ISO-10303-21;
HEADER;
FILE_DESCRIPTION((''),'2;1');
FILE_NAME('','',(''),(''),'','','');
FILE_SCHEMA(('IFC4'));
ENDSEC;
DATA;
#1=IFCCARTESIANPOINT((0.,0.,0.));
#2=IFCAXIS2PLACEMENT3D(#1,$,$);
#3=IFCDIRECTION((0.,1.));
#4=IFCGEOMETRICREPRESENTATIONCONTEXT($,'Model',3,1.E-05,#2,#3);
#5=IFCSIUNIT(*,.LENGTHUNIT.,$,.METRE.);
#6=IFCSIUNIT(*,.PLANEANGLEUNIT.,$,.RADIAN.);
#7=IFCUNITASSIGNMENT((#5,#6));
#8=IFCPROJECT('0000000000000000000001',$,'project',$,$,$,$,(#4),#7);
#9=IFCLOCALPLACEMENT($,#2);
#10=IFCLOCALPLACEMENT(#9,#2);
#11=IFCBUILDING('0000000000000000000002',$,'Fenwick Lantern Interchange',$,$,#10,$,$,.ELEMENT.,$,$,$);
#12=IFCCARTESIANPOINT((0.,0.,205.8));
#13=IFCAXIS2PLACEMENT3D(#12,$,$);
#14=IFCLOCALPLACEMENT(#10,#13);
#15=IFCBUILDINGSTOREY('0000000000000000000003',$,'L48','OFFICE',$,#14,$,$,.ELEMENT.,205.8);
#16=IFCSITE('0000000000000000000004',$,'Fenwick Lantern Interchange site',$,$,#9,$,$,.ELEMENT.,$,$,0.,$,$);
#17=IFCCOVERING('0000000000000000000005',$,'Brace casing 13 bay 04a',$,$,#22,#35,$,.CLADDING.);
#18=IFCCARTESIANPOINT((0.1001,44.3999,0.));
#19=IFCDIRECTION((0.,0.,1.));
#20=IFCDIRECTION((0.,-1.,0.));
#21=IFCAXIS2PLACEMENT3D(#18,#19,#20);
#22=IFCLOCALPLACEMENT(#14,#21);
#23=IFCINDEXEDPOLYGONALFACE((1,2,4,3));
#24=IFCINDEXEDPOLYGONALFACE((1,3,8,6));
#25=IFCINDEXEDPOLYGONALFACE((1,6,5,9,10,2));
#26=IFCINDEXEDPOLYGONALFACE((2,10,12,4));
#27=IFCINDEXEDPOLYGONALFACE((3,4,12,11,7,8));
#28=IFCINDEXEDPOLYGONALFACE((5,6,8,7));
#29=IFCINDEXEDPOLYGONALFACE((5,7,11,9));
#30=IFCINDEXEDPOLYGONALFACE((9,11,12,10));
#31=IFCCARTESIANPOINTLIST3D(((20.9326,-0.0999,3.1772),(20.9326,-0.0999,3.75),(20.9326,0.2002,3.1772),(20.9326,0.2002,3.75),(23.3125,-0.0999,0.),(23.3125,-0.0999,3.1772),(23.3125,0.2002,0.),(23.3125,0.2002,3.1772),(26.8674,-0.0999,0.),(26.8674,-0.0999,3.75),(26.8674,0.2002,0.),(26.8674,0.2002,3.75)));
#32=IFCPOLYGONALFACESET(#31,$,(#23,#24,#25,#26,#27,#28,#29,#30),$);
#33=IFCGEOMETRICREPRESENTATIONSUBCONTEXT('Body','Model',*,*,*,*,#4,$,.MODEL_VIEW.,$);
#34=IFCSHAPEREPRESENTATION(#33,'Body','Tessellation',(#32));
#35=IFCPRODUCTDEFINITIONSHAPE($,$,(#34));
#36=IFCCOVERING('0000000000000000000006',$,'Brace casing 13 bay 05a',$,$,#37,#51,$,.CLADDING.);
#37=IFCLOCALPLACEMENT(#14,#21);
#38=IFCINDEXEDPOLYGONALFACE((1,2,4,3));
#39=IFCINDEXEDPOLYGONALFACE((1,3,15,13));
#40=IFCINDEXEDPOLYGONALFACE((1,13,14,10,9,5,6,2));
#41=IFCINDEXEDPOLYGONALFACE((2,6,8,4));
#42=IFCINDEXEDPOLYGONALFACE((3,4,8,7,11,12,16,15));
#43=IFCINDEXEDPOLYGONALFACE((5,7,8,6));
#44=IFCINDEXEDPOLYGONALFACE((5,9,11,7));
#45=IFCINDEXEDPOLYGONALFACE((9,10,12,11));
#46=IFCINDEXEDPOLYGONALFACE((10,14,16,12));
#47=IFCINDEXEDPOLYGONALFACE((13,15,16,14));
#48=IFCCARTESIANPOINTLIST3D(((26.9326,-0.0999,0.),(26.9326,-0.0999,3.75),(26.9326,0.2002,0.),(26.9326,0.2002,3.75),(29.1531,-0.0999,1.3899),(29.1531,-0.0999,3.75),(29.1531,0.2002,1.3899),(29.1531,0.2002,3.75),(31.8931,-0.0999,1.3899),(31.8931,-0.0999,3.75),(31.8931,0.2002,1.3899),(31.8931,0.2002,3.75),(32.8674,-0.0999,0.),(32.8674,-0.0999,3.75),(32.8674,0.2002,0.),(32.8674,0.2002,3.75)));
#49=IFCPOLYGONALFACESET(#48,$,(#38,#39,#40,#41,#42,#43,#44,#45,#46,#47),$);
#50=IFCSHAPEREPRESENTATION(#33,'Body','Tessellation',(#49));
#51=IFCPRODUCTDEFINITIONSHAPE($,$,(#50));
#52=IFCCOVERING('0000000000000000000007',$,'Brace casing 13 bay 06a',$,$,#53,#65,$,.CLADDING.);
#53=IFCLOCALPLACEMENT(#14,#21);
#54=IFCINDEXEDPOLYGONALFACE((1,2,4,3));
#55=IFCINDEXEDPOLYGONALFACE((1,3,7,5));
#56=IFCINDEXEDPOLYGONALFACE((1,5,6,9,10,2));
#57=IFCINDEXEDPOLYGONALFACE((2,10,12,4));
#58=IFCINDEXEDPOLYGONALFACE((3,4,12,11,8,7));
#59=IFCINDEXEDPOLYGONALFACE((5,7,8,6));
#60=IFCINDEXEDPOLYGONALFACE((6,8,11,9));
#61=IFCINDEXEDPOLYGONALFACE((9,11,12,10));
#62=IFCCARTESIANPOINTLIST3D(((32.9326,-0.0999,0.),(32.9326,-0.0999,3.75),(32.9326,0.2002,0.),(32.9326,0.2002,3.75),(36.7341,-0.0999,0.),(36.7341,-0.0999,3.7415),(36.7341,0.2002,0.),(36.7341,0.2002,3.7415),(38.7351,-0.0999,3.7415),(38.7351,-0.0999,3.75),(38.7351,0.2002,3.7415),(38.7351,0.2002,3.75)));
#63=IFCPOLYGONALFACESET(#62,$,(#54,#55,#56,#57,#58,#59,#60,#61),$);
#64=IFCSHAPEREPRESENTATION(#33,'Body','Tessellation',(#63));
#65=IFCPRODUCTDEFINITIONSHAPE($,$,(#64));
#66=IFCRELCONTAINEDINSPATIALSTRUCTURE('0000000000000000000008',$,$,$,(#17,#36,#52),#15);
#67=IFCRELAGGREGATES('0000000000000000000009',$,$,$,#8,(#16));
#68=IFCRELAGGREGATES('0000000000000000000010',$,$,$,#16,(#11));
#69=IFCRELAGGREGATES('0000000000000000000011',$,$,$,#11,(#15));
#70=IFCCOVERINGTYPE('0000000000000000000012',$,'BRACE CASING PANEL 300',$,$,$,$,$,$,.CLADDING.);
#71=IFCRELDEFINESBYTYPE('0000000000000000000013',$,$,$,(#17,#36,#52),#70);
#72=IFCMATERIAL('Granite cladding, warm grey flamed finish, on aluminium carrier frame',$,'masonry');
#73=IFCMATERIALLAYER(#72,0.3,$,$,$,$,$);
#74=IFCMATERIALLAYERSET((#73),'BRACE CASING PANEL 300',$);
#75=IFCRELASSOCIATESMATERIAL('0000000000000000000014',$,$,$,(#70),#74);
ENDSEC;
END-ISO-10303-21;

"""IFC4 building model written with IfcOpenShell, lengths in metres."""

from ifc_helpers import new_model, si_unit, direction, frame, origin, place, context, subcontext, project, spatial, polyline, outline, extrude, material, layer, layer_set, type_object, element, save


model = new_model("IFC4")

# Units and contexts
model_context = context("Model", 3, precision=1e-05, world=origin(), true_north=direction((0.0, 1.0)))
body_context = subcontext(model_context, "Body", "Model", "MODEL_VIEW")
ifc_project = project(units=[si_unit("LENGTHUNIT", "METRE"), si_unit("PLANEANGLEUNIT", "RADIAN")], contexts=[model_context])

# Site, building, storey
site_placement = place(None, origin())
site = spatial("IfcSite", under=ifc_project, at=site_placement, Name="Fenwick Lantern Interchange site", CompositionType="ELEMENT", RefElevation=0.0)
building_placement = place(site_placement, origin())
building = spatial("IfcBuilding", under=site, at=building_placement, Name="Fenwick Lantern Interchange", CompositionType="ELEMENT")
storey_placement = place(building_placement, frame((0.0, 0.0, 205.8)))
storey = spatial("IfcBuildingStorey", under=building, at=storey_placement, Name="L48", Description="OFFICE", CompositionType="ELEMENT", Elevation=205.8)

# Coverings
ifc_material_1 = material(Name="Granite cladding, warm grey flamed finish, on aluminium carrier frame", Category="masonry")
ifc_layer_1 = layer(ifc_material_1, 0.3)
ifc_layer_set_1 = layer_set([ifc_layer_1], Name="BRACE CASING PANEL 300")
covering_type = type_object("IfcCoveringType", Name="BRACE CASING PANEL 300", PredefinedType="CLADDING", material=ifc_layer_set_1)
covering_1_placement = place(storey_placement, frame((0.1001, 44.3999, 0.0), z_axis=(0.0, 0.0, 1.0), x_axis=(0.0, -1.0, 0.0)))
element("IfcCovering", 1, at=covering_1_placement, inside=storey, type_object=covering_type, Name="Brace casing 13 bay 04a", PredefinedType="CLADDING", context=body_context, shape_type="SweptSolid", body=[
    extrude(outline(polyline([(23.3125, 0.0), (26.8674, 0.0), (26.8674, 3.75), (20.9326, 3.75), (20.9326, 3.1772), (23.3125, 3.1772), (23.3125, 0.0)])), frame((0.0, 0.2002, 0.0), z_axis=(0.0, -1.0, 0.0), x_axis=(1.0, 0.0, 0.0)), (0.0, 0.0, 1.0), 0.3),
])
covering_2_placement = place(storey_placement, frame((0.1001, 44.3999, 0.0), z_axis=(0.0, 0.0, 1.0), x_axis=(0.0, -1.0, 0.0)))
element("IfcCovering", 2, at=covering_2_placement, inside=storey, type_object=covering_type, Name="Brace casing 13 bay 05a", PredefinedType="CLADDING", context=body_context, shape_type="SweptSolid", body=[
    extrude(outline(polyline([(26.9326, 0.0), (32.8674, 0.0), (32.8674, 3.75), (31.8931, 3.75), (31.8931, 1.3899), (29.1531, 1.3899), (29.1531, 3.75), (26.9326, 3.75), (26.9326, 0.0)])), frame((0.0, 0.2002, 0.0), z_axis=(0.0, -1.0, 0.0), x_axis=(1.0, 0.0, 0.0)), (0.0, 0.0, 1.0), 0.3),
])
covering_3_placement = place(storey_placement, frame((0.1001, 44.3999, 0.0), z_axis=(0.0, 0.0, 1.0), x_axis=(0.0, -1.0, 0.0)))
element("IfcCovering", 3, at=covering_3_placement, inside=storey, type_object=covering_type, Name="Brace casing 13 bay 06a", PredefinedType="CLADDING", context=body_context, shape_type="SweptSolid", body=[
    extrude(outline(polyline([(32.9326, 0.0), (36.7341, 0.0), (36.7341, 3.7415), (38.7351, 3.7415), (38.7351, 3.75), (32.9326, 3.75), (32.9326, 0.0)])), frame((0.0, 0.2002, 0.0), z_axis=(0.0, -1.0, 0.0), x_axis=(1.0, 0.0, 0.0)), (0.0, 0.0, 1.0), 0.3),
])

save(model, "model.ifc")
